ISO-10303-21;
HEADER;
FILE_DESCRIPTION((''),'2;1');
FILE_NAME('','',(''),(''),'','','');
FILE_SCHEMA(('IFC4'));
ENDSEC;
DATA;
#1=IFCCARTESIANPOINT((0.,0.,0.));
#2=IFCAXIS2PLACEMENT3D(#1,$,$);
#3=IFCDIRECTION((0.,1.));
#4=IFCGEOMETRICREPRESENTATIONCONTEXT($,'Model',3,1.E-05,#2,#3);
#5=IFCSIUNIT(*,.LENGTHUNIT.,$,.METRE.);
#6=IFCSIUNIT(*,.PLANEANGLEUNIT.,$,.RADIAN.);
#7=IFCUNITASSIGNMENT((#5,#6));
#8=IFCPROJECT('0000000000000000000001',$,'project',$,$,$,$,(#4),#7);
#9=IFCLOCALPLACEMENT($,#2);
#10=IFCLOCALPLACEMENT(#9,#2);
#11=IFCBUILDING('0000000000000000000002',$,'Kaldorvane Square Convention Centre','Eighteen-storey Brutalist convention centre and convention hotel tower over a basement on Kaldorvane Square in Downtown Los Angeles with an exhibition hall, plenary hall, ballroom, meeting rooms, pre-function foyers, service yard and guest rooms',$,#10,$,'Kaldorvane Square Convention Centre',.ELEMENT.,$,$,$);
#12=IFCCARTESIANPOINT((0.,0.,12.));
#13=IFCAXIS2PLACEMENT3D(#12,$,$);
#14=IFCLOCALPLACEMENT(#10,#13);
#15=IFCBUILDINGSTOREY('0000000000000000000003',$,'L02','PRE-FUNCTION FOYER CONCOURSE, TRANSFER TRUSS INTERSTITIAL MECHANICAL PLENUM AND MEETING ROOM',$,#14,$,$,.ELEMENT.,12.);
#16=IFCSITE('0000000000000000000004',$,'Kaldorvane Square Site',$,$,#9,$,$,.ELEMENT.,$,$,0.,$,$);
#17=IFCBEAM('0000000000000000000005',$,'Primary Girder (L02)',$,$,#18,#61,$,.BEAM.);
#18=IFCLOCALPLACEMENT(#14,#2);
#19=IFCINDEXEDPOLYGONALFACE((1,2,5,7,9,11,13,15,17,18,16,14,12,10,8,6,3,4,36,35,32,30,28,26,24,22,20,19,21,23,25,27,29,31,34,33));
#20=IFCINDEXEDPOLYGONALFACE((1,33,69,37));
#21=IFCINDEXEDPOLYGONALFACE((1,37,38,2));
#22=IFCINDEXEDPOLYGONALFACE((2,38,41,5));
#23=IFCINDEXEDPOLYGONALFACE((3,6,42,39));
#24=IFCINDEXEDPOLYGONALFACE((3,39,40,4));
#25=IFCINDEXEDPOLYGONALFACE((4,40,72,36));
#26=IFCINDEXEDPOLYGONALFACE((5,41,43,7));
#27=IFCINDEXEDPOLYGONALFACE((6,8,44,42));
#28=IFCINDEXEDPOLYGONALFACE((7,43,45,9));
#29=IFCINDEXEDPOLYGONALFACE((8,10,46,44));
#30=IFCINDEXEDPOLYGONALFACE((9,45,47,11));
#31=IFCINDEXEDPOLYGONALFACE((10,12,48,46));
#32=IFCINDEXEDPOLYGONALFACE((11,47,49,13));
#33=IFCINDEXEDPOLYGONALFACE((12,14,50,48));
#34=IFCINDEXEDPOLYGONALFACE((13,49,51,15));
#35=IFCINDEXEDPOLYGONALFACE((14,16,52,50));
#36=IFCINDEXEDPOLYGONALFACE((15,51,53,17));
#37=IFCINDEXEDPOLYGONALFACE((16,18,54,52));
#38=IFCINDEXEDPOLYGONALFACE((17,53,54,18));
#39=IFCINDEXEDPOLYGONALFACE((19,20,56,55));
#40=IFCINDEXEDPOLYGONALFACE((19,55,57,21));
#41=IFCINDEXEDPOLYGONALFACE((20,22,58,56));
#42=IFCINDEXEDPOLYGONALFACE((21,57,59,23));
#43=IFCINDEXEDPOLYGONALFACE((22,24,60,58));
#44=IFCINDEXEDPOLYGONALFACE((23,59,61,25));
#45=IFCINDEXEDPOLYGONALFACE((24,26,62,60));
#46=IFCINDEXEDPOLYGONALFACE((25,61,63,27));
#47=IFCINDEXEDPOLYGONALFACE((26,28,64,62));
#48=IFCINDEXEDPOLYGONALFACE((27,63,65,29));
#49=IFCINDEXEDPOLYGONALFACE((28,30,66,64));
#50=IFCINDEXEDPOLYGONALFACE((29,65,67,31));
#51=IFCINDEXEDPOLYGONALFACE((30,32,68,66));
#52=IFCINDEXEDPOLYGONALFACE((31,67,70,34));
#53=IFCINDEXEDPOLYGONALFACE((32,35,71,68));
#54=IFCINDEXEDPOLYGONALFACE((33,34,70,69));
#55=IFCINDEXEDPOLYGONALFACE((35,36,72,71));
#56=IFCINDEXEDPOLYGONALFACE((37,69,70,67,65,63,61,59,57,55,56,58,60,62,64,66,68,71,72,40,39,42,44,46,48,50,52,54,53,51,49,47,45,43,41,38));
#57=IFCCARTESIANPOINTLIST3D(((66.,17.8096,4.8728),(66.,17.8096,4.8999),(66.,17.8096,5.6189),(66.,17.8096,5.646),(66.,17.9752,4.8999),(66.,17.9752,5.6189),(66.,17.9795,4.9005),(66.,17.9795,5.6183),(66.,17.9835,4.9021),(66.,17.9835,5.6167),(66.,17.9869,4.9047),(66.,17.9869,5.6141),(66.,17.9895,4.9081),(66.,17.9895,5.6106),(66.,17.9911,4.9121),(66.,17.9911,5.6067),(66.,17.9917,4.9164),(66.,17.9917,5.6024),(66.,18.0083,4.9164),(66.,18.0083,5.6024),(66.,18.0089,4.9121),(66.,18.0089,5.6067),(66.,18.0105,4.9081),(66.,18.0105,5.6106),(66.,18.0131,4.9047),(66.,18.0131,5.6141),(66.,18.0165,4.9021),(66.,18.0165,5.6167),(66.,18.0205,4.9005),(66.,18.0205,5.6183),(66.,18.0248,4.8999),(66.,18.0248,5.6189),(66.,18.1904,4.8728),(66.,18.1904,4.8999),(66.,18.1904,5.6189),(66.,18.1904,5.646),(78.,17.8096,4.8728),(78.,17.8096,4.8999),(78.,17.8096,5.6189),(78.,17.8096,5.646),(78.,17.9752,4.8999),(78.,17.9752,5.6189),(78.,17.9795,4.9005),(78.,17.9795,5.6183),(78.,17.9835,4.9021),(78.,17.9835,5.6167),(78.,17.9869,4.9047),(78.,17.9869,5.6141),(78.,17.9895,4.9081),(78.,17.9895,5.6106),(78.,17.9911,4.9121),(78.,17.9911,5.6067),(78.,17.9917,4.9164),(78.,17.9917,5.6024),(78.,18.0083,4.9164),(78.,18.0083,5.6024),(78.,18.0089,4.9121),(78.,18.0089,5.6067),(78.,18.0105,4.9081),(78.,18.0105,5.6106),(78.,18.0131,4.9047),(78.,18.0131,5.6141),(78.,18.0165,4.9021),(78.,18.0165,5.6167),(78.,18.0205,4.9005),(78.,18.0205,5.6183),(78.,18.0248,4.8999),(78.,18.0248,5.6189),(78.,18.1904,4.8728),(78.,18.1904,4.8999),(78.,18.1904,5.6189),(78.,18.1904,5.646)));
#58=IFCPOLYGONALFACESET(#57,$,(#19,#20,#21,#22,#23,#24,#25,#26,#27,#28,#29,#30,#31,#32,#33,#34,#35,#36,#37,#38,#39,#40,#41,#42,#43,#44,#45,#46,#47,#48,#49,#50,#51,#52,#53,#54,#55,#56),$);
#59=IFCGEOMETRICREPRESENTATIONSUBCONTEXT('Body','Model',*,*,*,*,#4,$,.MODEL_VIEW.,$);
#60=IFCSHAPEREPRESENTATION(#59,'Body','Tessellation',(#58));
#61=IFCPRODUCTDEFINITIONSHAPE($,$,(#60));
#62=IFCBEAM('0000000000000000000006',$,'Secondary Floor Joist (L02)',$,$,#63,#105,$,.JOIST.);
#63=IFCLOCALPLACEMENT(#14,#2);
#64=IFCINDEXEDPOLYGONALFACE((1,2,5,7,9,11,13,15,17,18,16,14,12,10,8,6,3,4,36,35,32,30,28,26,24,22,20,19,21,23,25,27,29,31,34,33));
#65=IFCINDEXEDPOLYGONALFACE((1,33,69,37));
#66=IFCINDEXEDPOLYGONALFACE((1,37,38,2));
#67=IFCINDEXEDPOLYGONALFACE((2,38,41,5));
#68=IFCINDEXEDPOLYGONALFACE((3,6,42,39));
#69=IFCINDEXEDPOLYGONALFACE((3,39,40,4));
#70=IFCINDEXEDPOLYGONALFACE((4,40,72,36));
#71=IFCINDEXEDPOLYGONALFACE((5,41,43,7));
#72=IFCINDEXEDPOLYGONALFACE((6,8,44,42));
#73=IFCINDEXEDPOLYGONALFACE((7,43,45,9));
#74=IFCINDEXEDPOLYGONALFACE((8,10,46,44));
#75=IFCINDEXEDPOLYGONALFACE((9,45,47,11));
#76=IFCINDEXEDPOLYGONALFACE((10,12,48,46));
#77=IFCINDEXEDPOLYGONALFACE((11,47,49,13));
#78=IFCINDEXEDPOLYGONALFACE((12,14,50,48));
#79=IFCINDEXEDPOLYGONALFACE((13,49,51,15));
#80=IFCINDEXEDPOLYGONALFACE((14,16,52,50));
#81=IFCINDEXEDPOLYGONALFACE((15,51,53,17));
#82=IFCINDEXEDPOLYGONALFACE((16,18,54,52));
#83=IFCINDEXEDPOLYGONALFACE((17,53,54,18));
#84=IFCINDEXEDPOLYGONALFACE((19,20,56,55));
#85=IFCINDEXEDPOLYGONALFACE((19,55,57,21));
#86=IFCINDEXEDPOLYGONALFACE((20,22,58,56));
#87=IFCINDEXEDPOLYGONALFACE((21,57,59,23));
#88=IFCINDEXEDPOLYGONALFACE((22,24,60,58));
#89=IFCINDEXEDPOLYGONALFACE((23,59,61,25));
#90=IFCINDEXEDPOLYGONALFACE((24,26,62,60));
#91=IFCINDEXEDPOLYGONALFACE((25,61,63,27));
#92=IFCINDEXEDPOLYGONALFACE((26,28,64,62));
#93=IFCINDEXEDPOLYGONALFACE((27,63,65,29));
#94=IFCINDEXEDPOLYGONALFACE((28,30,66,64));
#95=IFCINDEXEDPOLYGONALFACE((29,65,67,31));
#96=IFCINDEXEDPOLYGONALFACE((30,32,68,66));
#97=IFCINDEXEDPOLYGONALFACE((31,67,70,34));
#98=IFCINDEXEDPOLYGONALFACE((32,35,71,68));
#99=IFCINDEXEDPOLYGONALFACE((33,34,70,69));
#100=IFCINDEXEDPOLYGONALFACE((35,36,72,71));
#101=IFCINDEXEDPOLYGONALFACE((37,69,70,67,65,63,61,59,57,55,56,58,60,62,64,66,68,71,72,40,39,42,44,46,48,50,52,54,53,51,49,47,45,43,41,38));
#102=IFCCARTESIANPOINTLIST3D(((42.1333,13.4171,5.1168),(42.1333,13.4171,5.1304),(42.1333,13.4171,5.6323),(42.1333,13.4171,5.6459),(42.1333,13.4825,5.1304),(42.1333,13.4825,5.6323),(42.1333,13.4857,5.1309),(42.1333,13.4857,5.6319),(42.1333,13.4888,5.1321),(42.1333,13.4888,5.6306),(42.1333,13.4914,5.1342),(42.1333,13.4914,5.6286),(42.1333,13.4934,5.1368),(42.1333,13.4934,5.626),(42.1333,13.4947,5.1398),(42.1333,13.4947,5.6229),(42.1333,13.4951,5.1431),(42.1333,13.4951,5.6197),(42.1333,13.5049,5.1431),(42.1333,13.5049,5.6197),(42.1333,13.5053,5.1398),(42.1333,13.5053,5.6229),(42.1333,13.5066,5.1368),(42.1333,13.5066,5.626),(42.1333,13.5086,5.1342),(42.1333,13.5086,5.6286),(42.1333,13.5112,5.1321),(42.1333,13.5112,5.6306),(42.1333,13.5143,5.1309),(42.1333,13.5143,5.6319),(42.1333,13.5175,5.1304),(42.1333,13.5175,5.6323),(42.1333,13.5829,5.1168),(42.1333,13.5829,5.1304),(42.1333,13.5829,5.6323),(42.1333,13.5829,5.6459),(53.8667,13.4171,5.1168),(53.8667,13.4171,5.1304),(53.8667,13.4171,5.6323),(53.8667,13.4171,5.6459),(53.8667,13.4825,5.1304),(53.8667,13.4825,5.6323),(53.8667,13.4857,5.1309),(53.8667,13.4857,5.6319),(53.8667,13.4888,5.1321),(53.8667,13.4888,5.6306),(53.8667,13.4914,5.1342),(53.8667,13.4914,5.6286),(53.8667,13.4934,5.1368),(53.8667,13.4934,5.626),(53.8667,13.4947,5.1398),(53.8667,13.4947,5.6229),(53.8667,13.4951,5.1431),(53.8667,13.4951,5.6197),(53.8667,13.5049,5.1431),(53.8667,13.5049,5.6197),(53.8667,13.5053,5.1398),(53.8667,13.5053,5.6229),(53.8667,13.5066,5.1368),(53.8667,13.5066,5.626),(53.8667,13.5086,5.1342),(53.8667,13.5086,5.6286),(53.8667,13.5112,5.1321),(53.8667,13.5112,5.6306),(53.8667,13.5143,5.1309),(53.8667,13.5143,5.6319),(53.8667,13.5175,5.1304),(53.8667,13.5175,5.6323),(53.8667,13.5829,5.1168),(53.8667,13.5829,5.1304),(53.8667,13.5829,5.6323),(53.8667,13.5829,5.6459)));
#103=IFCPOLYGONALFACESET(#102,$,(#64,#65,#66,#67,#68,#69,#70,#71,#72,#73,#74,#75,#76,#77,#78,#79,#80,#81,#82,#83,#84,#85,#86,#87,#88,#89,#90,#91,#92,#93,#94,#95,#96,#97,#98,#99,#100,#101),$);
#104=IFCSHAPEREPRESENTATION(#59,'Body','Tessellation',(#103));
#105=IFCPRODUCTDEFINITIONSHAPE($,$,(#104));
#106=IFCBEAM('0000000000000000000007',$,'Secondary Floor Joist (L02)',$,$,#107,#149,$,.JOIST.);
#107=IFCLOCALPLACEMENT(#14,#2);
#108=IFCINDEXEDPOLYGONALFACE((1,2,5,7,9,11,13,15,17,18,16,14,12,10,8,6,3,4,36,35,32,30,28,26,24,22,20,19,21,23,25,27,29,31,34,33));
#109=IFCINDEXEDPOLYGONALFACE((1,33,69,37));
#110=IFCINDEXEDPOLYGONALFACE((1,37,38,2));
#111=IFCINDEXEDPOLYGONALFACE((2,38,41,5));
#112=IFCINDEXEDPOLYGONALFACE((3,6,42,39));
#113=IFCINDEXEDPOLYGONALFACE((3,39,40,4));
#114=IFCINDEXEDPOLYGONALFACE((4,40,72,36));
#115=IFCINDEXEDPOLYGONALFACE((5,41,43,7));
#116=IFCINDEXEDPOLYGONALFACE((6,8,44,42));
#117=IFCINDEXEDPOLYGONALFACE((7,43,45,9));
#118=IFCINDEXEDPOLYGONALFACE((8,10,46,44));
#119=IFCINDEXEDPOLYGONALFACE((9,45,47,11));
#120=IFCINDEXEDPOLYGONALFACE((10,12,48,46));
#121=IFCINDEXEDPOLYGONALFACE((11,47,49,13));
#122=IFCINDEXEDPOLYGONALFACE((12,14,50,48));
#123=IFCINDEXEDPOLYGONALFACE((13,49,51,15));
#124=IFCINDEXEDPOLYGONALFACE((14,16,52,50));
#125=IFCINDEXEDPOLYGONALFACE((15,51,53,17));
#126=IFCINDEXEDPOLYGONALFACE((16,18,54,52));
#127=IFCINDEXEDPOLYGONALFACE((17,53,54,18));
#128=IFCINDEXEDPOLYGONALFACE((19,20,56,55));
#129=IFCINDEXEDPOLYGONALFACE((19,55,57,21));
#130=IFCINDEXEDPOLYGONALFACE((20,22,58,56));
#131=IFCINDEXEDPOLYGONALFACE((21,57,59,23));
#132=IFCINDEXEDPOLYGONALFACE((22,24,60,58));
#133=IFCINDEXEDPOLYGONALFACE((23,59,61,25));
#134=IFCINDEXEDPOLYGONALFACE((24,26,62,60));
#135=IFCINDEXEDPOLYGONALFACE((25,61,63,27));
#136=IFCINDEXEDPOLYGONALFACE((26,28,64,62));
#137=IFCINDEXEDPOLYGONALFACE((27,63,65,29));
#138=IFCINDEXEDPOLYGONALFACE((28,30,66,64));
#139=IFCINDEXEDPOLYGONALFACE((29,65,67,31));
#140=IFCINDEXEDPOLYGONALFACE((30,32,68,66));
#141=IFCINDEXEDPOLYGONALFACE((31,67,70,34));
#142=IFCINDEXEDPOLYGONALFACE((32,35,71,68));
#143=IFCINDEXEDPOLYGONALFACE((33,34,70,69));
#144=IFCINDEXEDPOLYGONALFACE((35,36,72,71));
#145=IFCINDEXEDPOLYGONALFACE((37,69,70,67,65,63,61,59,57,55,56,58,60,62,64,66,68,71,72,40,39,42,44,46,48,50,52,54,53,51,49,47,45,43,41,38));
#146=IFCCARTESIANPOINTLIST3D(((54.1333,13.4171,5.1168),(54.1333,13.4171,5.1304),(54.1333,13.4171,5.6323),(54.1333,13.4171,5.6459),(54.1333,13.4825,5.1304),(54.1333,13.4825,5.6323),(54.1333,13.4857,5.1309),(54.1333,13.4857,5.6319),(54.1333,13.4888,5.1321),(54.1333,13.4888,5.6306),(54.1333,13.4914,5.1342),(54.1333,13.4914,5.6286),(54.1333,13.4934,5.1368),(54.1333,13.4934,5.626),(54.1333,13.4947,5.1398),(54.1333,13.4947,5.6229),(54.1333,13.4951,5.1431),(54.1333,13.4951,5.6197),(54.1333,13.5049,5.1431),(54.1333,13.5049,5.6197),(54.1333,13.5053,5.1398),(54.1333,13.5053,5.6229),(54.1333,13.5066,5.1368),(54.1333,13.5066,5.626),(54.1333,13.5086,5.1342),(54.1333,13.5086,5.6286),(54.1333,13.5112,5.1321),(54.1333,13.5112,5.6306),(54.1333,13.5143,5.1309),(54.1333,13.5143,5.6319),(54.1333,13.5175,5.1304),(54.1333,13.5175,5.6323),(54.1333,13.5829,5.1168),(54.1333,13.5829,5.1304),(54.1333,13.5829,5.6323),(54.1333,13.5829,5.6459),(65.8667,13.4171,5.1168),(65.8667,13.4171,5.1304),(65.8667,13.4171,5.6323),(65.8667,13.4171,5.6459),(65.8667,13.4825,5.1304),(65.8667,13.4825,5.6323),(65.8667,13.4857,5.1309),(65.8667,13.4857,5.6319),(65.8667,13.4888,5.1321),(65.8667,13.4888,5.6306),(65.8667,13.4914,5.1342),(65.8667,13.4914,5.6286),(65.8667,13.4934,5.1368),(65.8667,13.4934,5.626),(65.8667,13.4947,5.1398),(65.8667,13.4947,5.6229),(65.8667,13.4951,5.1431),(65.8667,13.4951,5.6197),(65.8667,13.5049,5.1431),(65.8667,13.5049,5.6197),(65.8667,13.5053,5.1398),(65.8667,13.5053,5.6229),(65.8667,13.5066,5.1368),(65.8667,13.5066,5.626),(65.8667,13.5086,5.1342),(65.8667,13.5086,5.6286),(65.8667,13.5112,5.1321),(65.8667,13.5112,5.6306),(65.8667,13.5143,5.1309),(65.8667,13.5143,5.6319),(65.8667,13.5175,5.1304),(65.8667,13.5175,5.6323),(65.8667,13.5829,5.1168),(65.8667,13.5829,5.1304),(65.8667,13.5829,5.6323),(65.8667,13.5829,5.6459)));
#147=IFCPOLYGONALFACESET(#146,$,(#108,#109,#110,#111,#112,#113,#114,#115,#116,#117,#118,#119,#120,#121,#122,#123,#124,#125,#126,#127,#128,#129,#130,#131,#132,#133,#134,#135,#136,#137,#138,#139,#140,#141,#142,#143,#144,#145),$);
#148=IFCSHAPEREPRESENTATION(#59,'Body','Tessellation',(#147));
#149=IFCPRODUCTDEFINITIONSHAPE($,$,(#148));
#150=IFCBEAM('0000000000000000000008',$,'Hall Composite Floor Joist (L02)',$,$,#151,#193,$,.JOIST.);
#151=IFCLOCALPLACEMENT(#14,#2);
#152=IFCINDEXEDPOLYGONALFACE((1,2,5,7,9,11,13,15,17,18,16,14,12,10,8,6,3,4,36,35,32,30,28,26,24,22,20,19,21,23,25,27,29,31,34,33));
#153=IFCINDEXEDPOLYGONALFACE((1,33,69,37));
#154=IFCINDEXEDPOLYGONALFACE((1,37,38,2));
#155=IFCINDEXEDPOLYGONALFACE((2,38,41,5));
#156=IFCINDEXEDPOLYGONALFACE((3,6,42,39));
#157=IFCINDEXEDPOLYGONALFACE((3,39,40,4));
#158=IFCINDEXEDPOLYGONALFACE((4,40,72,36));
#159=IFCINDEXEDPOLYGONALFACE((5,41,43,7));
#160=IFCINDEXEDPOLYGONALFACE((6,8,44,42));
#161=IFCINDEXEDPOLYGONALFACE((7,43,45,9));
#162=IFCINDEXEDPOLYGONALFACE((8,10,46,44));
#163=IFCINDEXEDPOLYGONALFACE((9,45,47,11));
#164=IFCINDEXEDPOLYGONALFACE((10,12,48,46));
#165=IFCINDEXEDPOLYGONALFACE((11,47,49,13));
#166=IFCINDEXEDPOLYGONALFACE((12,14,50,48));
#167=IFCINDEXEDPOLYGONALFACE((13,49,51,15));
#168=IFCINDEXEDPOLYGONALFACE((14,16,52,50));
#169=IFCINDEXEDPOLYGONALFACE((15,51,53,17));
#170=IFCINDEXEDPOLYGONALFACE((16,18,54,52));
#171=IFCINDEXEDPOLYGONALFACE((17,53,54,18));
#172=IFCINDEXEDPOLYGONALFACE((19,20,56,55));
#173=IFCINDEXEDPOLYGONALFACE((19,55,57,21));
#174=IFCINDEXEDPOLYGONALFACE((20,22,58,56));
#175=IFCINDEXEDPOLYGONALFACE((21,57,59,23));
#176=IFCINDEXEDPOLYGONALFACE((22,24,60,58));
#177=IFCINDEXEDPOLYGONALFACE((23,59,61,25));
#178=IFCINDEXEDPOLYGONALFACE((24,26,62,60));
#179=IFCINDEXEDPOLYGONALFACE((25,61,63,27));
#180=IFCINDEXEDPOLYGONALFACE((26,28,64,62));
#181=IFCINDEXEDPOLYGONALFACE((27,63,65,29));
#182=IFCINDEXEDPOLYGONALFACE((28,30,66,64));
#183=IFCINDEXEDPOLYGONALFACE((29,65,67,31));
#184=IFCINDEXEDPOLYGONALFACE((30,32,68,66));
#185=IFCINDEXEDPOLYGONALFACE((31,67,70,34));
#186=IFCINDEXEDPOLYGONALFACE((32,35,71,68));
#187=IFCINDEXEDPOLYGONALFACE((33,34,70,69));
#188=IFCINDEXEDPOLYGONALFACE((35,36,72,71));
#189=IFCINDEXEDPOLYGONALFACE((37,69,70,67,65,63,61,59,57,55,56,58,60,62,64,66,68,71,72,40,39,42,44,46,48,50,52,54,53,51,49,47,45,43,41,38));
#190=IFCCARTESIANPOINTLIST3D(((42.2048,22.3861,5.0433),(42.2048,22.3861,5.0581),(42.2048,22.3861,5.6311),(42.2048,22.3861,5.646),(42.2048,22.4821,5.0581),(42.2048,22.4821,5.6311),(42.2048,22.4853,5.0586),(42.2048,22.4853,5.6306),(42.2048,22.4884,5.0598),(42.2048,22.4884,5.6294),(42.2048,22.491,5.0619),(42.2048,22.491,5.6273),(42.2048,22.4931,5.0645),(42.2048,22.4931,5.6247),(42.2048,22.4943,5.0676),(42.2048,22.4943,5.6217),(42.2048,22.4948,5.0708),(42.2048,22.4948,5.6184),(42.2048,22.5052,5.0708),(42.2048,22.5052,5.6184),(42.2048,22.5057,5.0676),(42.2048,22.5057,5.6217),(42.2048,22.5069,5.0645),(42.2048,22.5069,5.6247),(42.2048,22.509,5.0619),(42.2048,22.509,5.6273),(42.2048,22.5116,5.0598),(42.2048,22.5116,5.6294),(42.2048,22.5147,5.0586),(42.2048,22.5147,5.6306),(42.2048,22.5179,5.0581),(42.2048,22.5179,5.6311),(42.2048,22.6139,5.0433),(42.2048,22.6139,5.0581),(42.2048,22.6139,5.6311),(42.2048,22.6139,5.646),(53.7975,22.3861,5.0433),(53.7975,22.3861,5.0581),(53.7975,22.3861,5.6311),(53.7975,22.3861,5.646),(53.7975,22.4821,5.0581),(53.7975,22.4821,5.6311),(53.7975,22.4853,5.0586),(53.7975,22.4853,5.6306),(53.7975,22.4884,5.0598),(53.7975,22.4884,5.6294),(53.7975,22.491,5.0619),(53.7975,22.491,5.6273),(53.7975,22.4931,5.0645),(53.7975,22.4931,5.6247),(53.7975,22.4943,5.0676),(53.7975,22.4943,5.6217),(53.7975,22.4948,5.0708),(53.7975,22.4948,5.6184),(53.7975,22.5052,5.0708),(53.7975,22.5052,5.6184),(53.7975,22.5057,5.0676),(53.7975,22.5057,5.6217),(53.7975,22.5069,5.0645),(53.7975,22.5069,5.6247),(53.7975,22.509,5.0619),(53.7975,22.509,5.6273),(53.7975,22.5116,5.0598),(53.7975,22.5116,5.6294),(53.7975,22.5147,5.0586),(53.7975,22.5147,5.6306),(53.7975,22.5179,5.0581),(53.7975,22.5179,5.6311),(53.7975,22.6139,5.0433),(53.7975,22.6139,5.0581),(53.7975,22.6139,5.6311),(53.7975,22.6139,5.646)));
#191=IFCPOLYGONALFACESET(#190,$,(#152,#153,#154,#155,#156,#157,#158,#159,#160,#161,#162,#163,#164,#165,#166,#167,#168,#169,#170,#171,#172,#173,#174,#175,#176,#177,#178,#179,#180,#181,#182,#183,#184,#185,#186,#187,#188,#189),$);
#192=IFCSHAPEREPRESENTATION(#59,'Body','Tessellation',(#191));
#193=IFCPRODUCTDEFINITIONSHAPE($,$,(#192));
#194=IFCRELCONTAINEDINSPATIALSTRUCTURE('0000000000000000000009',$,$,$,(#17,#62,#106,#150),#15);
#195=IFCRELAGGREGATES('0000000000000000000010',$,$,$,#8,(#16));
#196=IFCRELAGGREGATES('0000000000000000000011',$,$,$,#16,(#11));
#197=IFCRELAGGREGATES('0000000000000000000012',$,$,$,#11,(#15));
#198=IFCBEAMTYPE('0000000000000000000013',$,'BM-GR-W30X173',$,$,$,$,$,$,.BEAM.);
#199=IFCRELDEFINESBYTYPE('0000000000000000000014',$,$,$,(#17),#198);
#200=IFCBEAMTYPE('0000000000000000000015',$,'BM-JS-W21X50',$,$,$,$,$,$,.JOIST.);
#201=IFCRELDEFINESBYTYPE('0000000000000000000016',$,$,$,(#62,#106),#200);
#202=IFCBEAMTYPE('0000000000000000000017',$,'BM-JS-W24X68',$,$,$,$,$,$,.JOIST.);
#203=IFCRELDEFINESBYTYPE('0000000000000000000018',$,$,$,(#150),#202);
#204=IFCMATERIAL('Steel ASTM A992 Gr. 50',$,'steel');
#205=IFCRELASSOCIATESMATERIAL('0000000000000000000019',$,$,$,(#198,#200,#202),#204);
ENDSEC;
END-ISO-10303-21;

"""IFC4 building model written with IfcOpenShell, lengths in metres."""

from ifc_helpers import new_model, si_unit, direction, frame, origin, origin_2d, place, context, subcontext, project, spatial, i_section, extrude, material, material_profile, profile_set, type_object, element, save


model = new_model("IFC4")

# Units and contexts
model_context = context("Model", 3, precision=1e-05, world=origin(), true_north=direction((0.0, 1.0)))
body_context = subcontext(model_context, "Body", "Model", "MODEL_VIEW")
ifc_project = project(units=[si_unit("LENGTHUNIT", "METRE"), si_unit("PLANEANGLEUNIT", "RADIAN")], contexts=[model_context])

# Site, building, storey
site_placement = place(None, origin())
site = spatial("IfcSite", under=ifc_project, at=site_placement, Name="Kaldorvane Square Site", CompositionType="ELEMENT", RefElevation=0.0)
building_placement = place(site_placement, origin())
building = spatial("IfcBuilding", under=site, at=building_placement, Name="Kaldorvane Square Convention Centre", Description="Eighteen-storey Brutalist convention centre and convention hotel tower over a basement on Kaldorvane Square in Downtown Los Angeles with an exhibition hall, plenary hall, ballroom, meeting rooms, pre-function foyers, service yard and guest rooms", LongName="Kaldorvane Square Convention Centre", CompositionType="ELEMENT")
storey_placement = place(building_placement, frame((0.0, 0.0, 12.0)))
storey = spatial("IfcBuildingStorey", under=building, at=storey_placement, Name="L02", Description="PRE-FUNCTION FOYER CONCOURSE, TRANSFER TRUSS INTERSTITIAL MECHANICAL PLENUM AND MEETING ROOM", CompositionType="ELEMENT", Elevation=12.0)

# Shared definitions
ifc_material_1 = material(Name="Steel ASTM A992 Gr. 50", Category="steel")

# Beams
ifc_material_profile_1 = material_profile(ifc_material_1, i_section(OverallWidth=0.3807, OverallDepth=0.7732, WebThickness=0.0166, FlangeThickness=0.0271, FilletRadius=0.0165, at=origin_2d()), Name="W30X173")
ifc_profile_set_1 = profile_set([ifc_material_profile_1], Name="Steel ASTM A992 Gr. 50")
beam_type_1 = type_object("IfcBeamType", Name="BM-GR-W30X173", PredefinedType="BEAM", material=ifc_profile_set_1)
for number, where, z_axis, x_axis, name in (
    (1, (66.0, 18.0, 5.2594), (1.0, 0.0, 0.0), (0.0, 1.0, 0.0), "Primary Girder (L02)"),
):
    element("IfcBeam", number, at=place(storey_placement, frame(where, z_axis=z_axis, x_axis=x_axis)), inside=storey, type_object=beam_type_1, Name=name, PredefinedType="BEAM", context=body_context, shape_type="SweptSolid", body=[
        extrude(i_section(OverallWidth=0.3807, OverallDepth=0.7732, WebThickness=0.0166, FlangeThickness=0.0271, FilletRadius=0.0165, at=origin_2d()), origin(), (0.0, 0.0, 1.0), 12.0),
    ])
ifc_material_profile_2 = material_profile(ifc_material_1, i_section(OverallWidth=0.1659, OverallDepth=0.5291, WebThickness=0.0097, FlangeThickness=0.0136, FilletRadius=0.0127, at=origin_2d()), Name="W21X50")
ifc_profile_set_2 = profile_set([ifc_material_profile_2], Name="Steel ASTM A992 Gr. 50")
beam_type_2 = type_object("IfcBeamType", Name="BM-JS-W21X50", PredefinedType="JOIST", material=ifc_profile_set_2)
for number, where, z_axis, x_axis, name in (
    (2, (42.1333, 13.5, 5.3814), (1.0, 0.0, 0.0), (0.0, 1.0, 0.0), "Secondary Floor Joist (L02)"),
    (3, (54.1333, 13.5, 5.3814), (1.0, 0.0, 0.0), (0.0, 1.0, 0.0), "Secondary Floor Joist (L02)"),
):
    element("IfcBeam", number, at=place(storey_placement, frame(where, z_axis=z_axis, x_axis=x_axis)), inside=storey, type_object=beam_type_2, Name=name, PredefinedType="JOIST", context=body_context, shape_type="SweptSolid", body=[
        extrude(i_section(OverallWidth=0.1659, OverallDepth=0.5291, WebThickness=0.0097, FlangeThickness=0.0136, FilletRadius=0.0127, at=origin_2d()), origin(), (0.0, 0.0, 1.0), 11.7334),
    ])
ifc_material_profile_3 = material_profile(ifc_material_1, i_section(OverallWidth=0.2277, OverallDepth=0.6027, WebThickness=0.0105, FlangeThickness=0.0149, FilletRadius=0.0127, at=origin_2d()), Name="W24X68")
ifc_profile_set_3 = profile_set([ifc_material_profile_3], Name="Steel ASTM A992 Gr. 50")
beam_type_3 = type_object("IfcBeamType", Name="BM-JS-W24X68", PredefinedType="JOIST", material=ifc_profile_set_3)
for number, where, z_axis, x_axis, name in (
    (4, (42.2048, 22.5, 5.3446), (1.0, 0.0, 0.0), (0.0, 1.0, 0.0), "Hall Composite Floor Joist (L02)"),
):
    element("IfcBeam", number, at=place(storey_placement, frame(where, z_axis=z_axis, x_axis=x_axis)), inside=storey, type_object=beam_type_3, Name=name, PredefinedType="JOIST", context=body_context, shape_type="SweptSolid", body=[
        extrude(i_section(OverallWidth=0.2277, OverallDepth=0.6027, WebThickness=0.0105, FlangeThickness=0.0149, FilletRadius=0.0127, at=origin_2d()), origin(), (0.0, 0.0, 1.0), 11.5927),
    ])

save(model, "model.ifc")
